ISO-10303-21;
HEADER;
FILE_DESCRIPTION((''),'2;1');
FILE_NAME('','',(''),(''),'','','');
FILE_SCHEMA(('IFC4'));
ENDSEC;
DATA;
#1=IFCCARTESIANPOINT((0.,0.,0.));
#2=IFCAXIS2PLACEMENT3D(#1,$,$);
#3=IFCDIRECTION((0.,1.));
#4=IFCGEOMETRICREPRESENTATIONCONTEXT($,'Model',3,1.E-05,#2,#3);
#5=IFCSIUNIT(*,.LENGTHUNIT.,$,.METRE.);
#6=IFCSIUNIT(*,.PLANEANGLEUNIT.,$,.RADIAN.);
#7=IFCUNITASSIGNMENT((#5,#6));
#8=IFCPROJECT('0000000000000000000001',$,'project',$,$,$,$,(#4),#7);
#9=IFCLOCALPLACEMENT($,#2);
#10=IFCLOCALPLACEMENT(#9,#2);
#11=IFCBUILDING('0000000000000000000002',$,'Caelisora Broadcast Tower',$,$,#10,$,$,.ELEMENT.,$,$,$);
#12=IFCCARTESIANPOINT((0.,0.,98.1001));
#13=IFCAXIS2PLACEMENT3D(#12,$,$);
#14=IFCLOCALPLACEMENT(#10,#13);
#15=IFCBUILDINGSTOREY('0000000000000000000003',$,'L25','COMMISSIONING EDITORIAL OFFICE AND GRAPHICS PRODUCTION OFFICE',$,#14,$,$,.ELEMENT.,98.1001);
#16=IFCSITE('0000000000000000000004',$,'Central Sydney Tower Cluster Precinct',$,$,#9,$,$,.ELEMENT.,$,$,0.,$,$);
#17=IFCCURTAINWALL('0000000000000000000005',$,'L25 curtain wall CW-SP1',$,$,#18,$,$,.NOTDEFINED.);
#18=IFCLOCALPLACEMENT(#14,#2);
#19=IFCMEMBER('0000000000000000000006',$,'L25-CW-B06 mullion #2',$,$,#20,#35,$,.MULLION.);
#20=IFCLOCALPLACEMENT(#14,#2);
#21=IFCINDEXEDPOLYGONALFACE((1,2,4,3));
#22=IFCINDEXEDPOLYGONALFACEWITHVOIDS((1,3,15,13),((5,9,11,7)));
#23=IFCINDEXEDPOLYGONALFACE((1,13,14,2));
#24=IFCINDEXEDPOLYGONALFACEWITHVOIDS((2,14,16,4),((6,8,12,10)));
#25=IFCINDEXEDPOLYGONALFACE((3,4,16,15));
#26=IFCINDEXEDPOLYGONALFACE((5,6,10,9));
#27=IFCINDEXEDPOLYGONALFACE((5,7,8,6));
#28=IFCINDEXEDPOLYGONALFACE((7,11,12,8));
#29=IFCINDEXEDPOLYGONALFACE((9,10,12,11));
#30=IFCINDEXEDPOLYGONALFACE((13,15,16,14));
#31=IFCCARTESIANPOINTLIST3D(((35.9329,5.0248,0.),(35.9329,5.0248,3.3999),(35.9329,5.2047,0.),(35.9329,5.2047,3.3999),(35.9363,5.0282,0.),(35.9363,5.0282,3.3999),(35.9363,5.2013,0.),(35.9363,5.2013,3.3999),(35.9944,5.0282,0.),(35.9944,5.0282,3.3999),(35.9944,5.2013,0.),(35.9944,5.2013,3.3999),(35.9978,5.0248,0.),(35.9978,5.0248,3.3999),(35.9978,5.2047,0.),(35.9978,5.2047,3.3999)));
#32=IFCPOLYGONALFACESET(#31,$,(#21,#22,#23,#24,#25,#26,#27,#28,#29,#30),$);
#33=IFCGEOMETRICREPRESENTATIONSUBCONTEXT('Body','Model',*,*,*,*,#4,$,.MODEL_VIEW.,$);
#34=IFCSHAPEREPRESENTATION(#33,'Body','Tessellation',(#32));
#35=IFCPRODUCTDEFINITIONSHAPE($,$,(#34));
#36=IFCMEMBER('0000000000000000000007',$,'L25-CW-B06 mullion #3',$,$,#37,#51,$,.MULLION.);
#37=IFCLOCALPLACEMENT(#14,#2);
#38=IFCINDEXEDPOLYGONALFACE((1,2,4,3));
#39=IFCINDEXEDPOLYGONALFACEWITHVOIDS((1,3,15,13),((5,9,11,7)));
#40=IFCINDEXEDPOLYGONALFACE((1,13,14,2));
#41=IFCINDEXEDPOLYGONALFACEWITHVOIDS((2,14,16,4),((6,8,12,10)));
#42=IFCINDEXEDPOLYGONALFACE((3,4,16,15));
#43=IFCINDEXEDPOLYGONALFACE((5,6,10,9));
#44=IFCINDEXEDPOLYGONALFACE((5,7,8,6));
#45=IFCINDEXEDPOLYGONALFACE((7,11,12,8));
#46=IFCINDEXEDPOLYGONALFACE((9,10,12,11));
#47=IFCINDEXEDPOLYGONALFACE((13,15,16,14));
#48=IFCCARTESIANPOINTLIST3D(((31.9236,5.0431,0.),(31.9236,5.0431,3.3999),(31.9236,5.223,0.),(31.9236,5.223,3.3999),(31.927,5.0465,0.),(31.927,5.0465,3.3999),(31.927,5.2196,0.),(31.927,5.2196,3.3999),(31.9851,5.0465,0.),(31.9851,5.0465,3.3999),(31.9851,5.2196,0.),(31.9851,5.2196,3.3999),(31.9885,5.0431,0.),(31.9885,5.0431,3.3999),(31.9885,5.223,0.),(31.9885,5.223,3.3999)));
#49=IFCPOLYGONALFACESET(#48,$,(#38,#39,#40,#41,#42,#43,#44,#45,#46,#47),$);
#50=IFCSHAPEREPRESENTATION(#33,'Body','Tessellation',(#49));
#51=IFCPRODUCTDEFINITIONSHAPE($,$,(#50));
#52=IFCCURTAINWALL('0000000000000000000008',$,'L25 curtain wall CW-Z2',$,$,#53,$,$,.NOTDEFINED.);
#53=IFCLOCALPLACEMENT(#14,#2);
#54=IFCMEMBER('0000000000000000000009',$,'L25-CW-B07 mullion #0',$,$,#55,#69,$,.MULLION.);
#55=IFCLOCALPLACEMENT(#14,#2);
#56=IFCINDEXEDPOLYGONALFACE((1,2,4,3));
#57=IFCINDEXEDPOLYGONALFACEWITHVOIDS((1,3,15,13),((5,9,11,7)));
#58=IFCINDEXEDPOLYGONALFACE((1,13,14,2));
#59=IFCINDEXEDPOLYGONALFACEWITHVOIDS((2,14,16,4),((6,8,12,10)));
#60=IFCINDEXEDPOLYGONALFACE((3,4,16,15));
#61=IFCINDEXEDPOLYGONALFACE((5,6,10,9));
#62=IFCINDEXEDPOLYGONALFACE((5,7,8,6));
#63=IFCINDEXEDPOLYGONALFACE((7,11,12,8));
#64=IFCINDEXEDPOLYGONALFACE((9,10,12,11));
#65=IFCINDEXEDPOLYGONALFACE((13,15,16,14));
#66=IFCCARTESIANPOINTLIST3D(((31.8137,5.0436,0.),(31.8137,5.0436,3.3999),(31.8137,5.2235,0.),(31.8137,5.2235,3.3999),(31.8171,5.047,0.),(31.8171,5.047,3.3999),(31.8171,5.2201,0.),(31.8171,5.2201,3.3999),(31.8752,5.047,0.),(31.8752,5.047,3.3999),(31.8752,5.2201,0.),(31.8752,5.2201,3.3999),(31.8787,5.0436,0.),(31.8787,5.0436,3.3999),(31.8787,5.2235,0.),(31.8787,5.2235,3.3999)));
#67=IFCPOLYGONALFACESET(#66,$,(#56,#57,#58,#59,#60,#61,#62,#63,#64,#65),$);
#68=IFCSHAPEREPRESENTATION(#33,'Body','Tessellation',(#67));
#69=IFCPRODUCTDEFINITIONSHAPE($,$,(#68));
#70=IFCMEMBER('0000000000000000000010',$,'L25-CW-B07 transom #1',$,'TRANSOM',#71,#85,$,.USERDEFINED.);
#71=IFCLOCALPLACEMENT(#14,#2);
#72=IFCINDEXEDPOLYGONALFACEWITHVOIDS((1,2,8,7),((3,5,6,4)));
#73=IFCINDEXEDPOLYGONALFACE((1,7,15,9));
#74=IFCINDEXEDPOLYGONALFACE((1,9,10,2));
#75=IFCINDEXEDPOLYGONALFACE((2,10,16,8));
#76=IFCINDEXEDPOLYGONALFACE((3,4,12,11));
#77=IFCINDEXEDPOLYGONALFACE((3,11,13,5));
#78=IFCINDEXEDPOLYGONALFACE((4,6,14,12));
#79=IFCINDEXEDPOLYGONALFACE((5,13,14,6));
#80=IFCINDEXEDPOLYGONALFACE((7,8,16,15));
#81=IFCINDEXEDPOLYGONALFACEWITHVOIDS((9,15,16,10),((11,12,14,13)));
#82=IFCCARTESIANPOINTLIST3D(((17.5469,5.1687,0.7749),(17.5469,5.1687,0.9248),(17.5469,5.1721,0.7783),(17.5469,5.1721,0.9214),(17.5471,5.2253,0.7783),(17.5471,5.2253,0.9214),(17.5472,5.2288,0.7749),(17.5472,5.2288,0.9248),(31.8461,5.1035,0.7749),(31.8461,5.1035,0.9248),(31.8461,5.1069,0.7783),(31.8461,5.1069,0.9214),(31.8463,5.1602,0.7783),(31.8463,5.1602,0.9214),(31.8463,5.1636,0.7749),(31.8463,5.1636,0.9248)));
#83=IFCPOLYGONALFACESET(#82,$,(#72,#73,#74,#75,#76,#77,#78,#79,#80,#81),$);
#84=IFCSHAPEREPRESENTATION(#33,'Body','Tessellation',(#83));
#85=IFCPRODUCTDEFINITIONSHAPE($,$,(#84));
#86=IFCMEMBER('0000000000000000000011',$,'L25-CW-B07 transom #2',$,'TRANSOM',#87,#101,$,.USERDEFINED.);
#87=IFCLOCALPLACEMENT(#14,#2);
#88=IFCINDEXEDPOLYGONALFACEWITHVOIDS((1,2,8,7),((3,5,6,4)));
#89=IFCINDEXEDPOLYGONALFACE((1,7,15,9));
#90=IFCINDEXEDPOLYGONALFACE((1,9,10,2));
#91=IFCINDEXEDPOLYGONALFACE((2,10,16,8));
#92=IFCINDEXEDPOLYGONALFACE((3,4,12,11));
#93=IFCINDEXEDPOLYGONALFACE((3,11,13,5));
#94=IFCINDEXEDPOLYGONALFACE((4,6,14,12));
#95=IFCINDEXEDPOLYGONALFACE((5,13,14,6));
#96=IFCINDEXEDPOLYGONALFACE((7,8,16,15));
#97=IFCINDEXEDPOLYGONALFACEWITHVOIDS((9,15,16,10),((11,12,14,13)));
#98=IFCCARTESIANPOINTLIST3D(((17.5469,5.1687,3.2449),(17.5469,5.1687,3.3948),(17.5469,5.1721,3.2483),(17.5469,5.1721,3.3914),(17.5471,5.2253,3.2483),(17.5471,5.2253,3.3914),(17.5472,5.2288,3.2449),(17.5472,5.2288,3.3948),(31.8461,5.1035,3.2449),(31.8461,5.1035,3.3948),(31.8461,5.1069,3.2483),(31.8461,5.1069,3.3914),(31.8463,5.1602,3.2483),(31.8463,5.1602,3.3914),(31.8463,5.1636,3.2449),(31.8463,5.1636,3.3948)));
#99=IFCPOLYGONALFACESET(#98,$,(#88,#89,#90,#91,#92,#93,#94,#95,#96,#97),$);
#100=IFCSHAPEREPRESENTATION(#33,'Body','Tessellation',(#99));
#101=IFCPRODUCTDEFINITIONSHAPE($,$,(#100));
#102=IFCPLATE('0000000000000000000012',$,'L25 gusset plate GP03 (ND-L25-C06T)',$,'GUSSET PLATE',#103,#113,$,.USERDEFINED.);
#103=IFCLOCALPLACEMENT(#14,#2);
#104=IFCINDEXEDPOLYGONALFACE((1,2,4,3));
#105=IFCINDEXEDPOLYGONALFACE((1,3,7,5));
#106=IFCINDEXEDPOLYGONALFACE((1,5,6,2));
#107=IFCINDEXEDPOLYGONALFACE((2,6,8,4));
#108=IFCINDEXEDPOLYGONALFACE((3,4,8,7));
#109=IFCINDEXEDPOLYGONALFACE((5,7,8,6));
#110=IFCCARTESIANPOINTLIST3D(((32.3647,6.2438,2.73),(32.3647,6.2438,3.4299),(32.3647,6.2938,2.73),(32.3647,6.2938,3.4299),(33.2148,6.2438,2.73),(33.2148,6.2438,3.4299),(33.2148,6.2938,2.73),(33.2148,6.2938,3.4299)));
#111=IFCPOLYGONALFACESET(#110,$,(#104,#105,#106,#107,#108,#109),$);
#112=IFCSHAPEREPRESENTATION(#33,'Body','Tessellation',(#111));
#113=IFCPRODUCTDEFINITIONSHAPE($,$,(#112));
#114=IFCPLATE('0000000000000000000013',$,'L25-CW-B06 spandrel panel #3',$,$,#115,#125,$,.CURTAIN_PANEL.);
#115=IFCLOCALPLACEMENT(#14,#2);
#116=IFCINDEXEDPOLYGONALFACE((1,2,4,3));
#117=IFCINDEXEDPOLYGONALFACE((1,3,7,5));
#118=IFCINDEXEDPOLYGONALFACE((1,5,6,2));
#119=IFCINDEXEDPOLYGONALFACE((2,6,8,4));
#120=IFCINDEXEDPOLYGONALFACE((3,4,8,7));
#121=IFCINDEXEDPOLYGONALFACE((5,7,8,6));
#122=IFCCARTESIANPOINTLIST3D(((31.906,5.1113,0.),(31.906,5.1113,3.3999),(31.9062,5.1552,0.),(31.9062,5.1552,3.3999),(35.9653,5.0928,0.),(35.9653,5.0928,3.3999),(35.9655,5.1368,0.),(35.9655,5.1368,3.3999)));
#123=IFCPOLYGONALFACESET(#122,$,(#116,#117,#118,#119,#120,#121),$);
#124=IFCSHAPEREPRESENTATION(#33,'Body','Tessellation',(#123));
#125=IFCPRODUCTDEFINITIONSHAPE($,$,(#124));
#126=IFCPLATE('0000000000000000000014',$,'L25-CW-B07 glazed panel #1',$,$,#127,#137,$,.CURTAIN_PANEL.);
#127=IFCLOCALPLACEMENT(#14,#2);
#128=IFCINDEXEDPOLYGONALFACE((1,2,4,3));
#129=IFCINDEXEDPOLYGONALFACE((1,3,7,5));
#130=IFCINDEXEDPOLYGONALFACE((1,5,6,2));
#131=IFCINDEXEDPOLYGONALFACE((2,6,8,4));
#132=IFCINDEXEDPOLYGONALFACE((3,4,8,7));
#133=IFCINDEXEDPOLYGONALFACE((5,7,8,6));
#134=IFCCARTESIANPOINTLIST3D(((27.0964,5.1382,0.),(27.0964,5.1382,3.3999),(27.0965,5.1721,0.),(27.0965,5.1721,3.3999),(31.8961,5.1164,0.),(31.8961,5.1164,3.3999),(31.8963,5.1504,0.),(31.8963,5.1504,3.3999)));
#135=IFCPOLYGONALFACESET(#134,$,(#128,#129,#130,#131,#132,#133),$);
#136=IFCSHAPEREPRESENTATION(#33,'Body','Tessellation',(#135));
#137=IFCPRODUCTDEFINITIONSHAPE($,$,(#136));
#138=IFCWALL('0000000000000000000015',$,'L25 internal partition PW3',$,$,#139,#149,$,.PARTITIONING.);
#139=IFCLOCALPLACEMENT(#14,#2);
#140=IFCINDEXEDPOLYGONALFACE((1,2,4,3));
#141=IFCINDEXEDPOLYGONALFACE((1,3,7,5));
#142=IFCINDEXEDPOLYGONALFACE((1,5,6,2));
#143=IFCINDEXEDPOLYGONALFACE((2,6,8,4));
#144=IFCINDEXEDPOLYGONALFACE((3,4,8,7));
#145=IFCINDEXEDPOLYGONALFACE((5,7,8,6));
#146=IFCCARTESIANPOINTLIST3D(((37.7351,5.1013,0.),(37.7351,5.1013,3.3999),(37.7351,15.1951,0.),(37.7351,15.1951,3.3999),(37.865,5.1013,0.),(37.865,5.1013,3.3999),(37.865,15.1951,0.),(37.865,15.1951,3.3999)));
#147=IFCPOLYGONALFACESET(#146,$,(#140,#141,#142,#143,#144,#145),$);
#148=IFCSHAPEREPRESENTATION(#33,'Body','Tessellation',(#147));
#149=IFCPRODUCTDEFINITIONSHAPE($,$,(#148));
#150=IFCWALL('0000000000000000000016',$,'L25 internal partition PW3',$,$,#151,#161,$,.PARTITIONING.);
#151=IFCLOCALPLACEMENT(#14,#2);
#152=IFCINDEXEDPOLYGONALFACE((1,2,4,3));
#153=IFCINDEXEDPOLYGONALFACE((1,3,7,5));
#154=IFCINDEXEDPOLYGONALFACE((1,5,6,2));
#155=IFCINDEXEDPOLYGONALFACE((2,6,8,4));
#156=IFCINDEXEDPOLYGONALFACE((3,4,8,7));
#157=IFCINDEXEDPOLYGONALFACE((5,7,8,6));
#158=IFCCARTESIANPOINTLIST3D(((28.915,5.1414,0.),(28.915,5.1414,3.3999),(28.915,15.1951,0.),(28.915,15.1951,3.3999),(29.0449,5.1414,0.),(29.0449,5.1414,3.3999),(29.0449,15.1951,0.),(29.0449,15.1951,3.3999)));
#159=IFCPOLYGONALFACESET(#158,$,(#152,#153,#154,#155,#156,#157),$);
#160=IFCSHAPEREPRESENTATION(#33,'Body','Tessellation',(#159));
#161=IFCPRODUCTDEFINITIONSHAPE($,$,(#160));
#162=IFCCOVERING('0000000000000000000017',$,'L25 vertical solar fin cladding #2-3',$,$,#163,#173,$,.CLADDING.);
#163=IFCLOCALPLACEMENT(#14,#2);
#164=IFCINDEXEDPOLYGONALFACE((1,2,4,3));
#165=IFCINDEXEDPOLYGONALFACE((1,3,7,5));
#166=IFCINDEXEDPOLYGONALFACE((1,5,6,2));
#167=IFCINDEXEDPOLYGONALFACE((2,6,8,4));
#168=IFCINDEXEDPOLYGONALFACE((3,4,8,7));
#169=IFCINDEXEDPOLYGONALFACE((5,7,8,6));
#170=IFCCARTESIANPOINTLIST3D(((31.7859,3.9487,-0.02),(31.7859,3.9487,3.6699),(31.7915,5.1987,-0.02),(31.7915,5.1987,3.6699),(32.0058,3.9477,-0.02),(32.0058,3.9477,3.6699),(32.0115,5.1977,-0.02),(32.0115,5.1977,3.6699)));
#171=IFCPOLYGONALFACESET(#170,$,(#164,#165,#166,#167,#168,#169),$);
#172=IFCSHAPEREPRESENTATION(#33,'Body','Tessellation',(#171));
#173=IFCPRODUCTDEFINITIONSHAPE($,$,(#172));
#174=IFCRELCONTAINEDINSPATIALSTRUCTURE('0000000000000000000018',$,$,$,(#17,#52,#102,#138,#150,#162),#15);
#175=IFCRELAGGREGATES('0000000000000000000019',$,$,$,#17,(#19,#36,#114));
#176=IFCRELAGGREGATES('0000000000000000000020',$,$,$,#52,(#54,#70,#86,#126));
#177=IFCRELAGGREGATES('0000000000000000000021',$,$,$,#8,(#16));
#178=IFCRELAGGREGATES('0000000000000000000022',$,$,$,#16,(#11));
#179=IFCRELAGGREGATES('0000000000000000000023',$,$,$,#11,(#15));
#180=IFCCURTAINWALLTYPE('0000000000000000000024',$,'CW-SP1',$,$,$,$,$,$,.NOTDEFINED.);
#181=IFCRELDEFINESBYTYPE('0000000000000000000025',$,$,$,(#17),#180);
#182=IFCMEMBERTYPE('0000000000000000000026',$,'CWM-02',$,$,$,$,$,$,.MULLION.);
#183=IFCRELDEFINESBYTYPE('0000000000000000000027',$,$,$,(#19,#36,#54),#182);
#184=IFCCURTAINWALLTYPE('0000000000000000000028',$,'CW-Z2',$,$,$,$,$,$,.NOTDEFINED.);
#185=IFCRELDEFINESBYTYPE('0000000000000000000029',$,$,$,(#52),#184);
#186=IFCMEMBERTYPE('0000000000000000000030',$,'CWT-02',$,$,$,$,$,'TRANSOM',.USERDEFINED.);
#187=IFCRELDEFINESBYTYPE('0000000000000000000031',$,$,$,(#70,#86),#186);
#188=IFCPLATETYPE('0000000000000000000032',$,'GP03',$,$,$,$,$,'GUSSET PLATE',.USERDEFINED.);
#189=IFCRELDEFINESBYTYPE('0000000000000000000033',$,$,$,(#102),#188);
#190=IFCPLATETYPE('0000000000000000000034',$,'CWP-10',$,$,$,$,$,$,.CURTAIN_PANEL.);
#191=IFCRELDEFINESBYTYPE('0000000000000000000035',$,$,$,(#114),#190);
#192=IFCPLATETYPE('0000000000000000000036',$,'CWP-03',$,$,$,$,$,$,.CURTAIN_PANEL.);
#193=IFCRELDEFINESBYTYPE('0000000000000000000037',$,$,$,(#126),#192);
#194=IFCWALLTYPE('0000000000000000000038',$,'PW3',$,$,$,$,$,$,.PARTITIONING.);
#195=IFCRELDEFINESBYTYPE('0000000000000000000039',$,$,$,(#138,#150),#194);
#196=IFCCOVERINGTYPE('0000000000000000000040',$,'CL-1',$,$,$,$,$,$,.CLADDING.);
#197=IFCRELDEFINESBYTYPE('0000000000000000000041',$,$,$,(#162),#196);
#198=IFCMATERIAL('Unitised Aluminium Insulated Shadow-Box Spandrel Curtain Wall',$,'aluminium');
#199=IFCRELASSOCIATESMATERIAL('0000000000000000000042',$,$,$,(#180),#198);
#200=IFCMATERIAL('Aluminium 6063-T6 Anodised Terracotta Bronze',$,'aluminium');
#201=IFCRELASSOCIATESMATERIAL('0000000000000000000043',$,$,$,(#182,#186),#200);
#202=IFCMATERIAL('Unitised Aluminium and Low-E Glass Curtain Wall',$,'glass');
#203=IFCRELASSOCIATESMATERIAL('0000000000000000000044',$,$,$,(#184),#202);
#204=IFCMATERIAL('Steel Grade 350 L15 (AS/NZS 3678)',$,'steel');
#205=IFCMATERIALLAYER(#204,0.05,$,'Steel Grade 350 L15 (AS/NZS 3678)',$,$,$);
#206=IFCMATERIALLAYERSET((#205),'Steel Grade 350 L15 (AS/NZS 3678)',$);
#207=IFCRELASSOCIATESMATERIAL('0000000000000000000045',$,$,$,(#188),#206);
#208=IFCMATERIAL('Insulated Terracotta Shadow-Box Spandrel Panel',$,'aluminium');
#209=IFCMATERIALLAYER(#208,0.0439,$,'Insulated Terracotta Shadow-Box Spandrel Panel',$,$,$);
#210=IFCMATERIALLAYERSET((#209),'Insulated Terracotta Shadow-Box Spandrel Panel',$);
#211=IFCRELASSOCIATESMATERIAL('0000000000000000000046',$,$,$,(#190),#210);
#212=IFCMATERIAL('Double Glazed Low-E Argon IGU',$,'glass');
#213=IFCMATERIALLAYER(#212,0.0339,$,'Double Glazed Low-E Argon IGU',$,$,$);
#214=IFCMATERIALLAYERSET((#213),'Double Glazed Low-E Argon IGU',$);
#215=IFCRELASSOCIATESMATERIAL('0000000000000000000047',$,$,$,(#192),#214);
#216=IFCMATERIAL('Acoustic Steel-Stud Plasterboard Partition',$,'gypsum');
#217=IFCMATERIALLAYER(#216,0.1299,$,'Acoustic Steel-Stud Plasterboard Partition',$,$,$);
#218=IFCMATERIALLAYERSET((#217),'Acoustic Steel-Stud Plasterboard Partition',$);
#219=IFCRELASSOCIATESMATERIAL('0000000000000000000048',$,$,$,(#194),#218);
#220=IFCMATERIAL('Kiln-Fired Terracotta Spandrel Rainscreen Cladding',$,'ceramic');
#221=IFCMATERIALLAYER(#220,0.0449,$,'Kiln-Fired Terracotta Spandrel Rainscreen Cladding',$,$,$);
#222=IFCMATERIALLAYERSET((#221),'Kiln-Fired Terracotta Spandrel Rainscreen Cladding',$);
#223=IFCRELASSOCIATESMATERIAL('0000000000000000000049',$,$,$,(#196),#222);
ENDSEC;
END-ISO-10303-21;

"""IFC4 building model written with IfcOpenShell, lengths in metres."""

from ifc_helpers import new_model, si_unit, direction, frame, frame_2d, origin, origin_2d, place, context, subcontext, project, spatial, rectangle, hollow_rectangle, extrude, source, transform, mapped, material, layer, layer_set, material_profile, profile_set, type_object, type_shapes, element, aggregate, save


model = new_model("IFC4")

# Units and contexts
model_context = context("Model", 3, precision=1e-05, world=origin(), true_north=direction((0.0, 1.0)))
body_context = subcontext(model_context, "Body", "Model", "MODEL_VIEW")
ifc_project = project(units=[si_unit("LENGTHUNIT", "METRE"), si_unit("PLANEANGLEUNIT", "RADIAN")], contexts=[model_context])

# Site, building, storey
site_placement = place(None, origin())
site = spatial("IfcSite", under=ifc_project, at=site_placement, Name="Central Sydney Tower Cluster Precinct", CompositionType="ELEMENT", RefElevation=0.0)
building_placement = place(site_placement, origin())
building = spatial("IfcBuilding", under=site, at=building_placement, Name="Caelisora Broadcast Tower", CompositionType="ELEMENT")
storey_placement = place(building_placement, frame((0.0, 0.0, 98.1001)))
storey = spatial("IfcBuildingStorey", under=building, at=storey_placement, Name="L25", Description="COMMISSIONING EDITORIAL OFFICE AND GRAPHICS PRODUCTION OFFICE", CompositionType="ELEMENT", Elevation=98.1001)

# Shared definitions
ifc_material_1 = material(Name="Steel Grade 350 L15 (AS/NZS 3678)", Category="steel")

# Curtain walls, members
ifc_material_2 = material(Name="Unitised Aluminium Insulated Shadow-Box Spandrel Curtain Wall", Category="aluminium")
curtain_wall_type_1 = type_object("IfcCurtainWallType", Name="CW-SP1", PredefinedType="NOTDEFINED", material=ifc_material_2)
curtain_wall_1_placement = place(storey_placement, origin())
curtain_wall_1 = element("IfcCurtainWall", 1, at=curtain_wall_1_placement, inside=storey, type_object=curtain_wall_type_1, Name="L25 curtain wall CW-SP1", PredefinedType="NOTDEFINED")
ifc_material_3 = material(Name="Aluminium 6063-T6 Anodised Terracotta Bronze", Category="aluminium")
ifc_material_profile_1 = material_profile(ifc_material_3, hollow_rectangle(XDim=0.0649, YDim=0.1799, WallThickness=0.0034, at=origin_2d()), Name="Aluminium 6063-T6 Anodised Terracotta Bronze")
ifc_profile_set_1 = profile_set([ifc_material_profile_1], Name="Aluminium 6063-T6 Anodised Terracotta Bronze")
member_type_1 = type_object("IfcMemberType", Name="CWM-02", PredefinedType="MULLION", material=ifc_profile_set_1)
shared_shape_1 = source(origin(), body_context, "Body", "SweptSolid", [
    extrude(hollow_rectangle(XDim=0.0649, YDim=0.1799, WallThickness=0.0034, at=origin_2d()), origin(), (0.0, 0.0, 1.0), 3.3999),
])
type_shapes(member_type_1, [shared_shape_1])
member_1_placement = place(storey_placement, frame((35.9653, 5.1147, 0.0), z_axis=(0.0, 0.0, 1.0), x_axis=(1.0, 0.0, 0.0)))
member_1 = element("IfcMember", 2, at=member_1_placement, type_object=member_type_1, Name="L25-CW-B06 mullion #2", PredefinedType="MULLION", context=body_context, shape_type="MappedRepresentation", body=[
    mapped(shared_shape_1, transform((0.0, 0.0, 0.0), scale=1.0)),
])
member_2_placement = place(storey_placement, frame((31.9561, 5.1331, 0.0), z_axis=(0.0, 0.0, 1.0), x_axis=(1.0, 0.0, 0.0)))
member_2 = element("IfcMember", 3, at=member_2_placement, type_object=member_type_1, Name="L25-CW-B06 mullion #3", PredefinedType="MULLION", context=body_context, shape_type="MappedRepresentation", body=[
    mapped(shared_shape_1, transform((0.0, 0.0, 0.0), scale=1.0)),
])
ifc_material_4 = material(Name="Unitised Aluminium and Low-E Glass Curtain Wall", Category="glass")
curtain_wall_type_2 = type_object("IfcCurtainWallType", Name="CW-Z2", PredefinedType="NOTDEFINED", material=ifc_material_4)
curtain_wall_2_placement = place(storey_placement, origin())
curtain_wall_2 = element("IfcCurtainWall", 4, at=curtain_wall_2_placement, inside=storey, type_object=curtain_wall_type_2, Name="L25 curtain wall CW-Z2", PredefinedType="NOTDEFINED")
member_3_placement = place(storey_placement, frame((31.8462, 5.1335, 0.0), z_axis=(0.0, 0.0, 1.0), x_axis=(1.0, 0.0, 0.0)))
member_3 = element("IfcMember", 5, at=member_3_placement, type_object=member_type_1, Name="L25-CW-B07 mullion #0", PredefinedType="MULLION", context=body_context, shape_type="MappedRepresentation", body=[
    mapped(shared_shape_1, transform((0.0, 0.0, 0.0), scale=1.0)),
])
ifc_material_profile_2 = material_profile(ifc_material_3, hollow_rectangle(XDim=0.0601, YDim=0.1499, WallThickness=0.0034, at=origin_2d()), Name="Aluminium 6063-T6 Anodised Terracotta Bronze")
ifc_profile_set_2 = profile_set([ifc_material_profile_2], Name="Aluminium 6063-T6 Anodised Terracotta Bronze")
member_type_2 = type_object("IfcMemberType", Name="CWT-02", ElementType="TRANSOM", PredefinedType="USERDEFINED", material=ifc_profile_set_2)
shared_shape_2 = source(origin(), body_context, "Body", "SweptSolid", [
    extrude(hollow_rectangle(XDim=0.0601, YDim=0.1499, WallThickness=0.0034, at=origin_2d()), origin(), (0.0, 0.0, 1.0), 14.2993),
])
type_shapes(member_type_2, [shared_shape_2])
member_4_placement = place(storey_placement, frame((31.8462, 5.1335, 0.8499), z_axis=(-0.99999, 0.004559, 0.0), x_axis=(-0.004559, -0.99999, 0.0)))
member_4 = element("IfcMember", 6, at=member_4_placement, type_object=member_type_2, Name="L25-CW-B07 transom #1", ObjectType="TRANSOM", PredefinedType="USERDEFINED", context=body_context, shape_type="MappedRepresentation", body=[
    mapped(shared_shape_2, transform((0.0, 0.0, 0.0), scale=1.0)),
])
member_5_placement = place(storey_placement, frame((31.8462, 5.1335, 3.3198), z_axis=(-0.99999, 0.004559, 0.0), x_axis=(-0.004559, -0.99999, 0.0)))
member_5 = element("IfcMember", 7, at=member_5_placement, type_object=member_type_2, Name="L25-CW-B07 transom #2", ObjectType="TRANSOM", PredefinedType="USERDEFINED", context=body_context, shape_type="MappedRepresentation", body=[
    mapped(shared_shape_2, transform((0.0, 0.0, 0.0), scale=1.0)),
])

# Plates
ifc_layer_1 = layer(ifc_material_1, 0.05, Name="Steel Grade 350 L15 (AS/NZS 3678)")
ifc_layer_set_1 = layer_set([ifc_layer_1], Name="Steel Grade 350 L15 (AS/NZS 3678)")
plate_type_1 = type_object("IfcPlateType", Name="GP03", ElementType="GUSSET PLATE", PredefinedType="USERDEFINED", material=ifc_layer_set_1)
shared_shape_3 = source(origin(), body_context, "Body", "SweptSolid", [
    extrude(rectangle(XDim=0.8501, YDim=0.05, at=origin_2d()), origin(), (0.0, 0.0, 1.0), 0.7),
])
type_shapes(plate_type_1, [shared_shape_3])
plate_1_placement = place(storey_placement, frame((32.7898, 6.2688, 2.73), z_axis=(0.0, 0.0, 1.0), x_axis=(1.0, 0.0, 0.0)))
element("IfcPlate", 8, at=plate_1_placement, inside=storey, type_object=plate_type_1, Name="L25 gusset plate GP03 (ND-L25-C06T)", ObjectType="GUSSET PLATE", PredefinedType="USERDEFINED", context=body_context, shape_type="MappedRepresentation", body=[
    mapped(shared_shape_3, transform((0.0, 0.0, 0.0), scale=1.0)),
])
ifc_material_5 = material(Name="Insulated Terracotta Shadow-Box Spandrel Panel", Category="aluminium")
ifc_layer_2 = layer(ifc_material_5, 0.0439, Name="Insulated Terracotta Shadow-Box Spandrel Panel")
ifc_layer_set_2 = layer_set([ifc_layer_2], Name="Insulated Terracotta Shadow-Box Spandrel Panel")
plate_type_2 = type_object("IfcPlateType", Name="CWP-10", PredefinedType="CURTAIN_PANEL", material=ifc_layer_set_2)
shared_shape_4 = source(origin(), body_context, "Body", "SweptSolid", [
    extrude(rectangle(XDim=4.0593, YDim=0.0439, at=origin_2d()), origin(), (0.0, 0.0, 1.0), 3.3999),
])
type_shapes(plate_type_2, [shared_shape_4])
plate_2_placement = place(storey_placement, frame((33.9358, 5.124, 0.0), z_axis=(0.0, 0.0, 1.0), x_axis=(-0.99999, 0.004538, 0.0)))
plate_2 = element("IfcPlate", 9, at=plate_2_placement, type_object=plate_type_2, Name="L25-CW-B06 spandrel panel #3", PredefinedType="CURTAIN_PANEL", context=body_context, shape_type="MappedRepresentation", body=[
    mapped(shared_shape_4, transform((0.0, 0.0, 0.0), scale=1.0)),
])
aggregate(curtain_wall_1, [member_1, member_2, plate_2])
ifc_material_6 = material(Name="Double Glazed Low-E Argon IGU", Category="glass")
ifc_layer_3 = layer(ifc_material_6, 0.0339, Name="Double Glazed Low-E Argon IGU")
ifc_layer_set_3 = layer_set([ifc_layer_3], Name="Double Glazed Low-E Argon IGU")
plate_type_3 = type_object("IfcPlateType", Name="CWP-03", PredefinedType="CURTAIN_PANEL", material=ifc_layer_set_3)
shared_shape_5 = source(origin(), body_context, "Body", "SweptSolid", [
    extrude(rectangle(XDim=4.7998, YDim=0.0339, at=origin_2d()), origin(), (0.0, 0.0, 1.0), 3.3999),
])
type_shapes(plate_type_3, [shared_shape_5])
plate_3_placement = place(storey_placement, frame((29.4963, 5.1443, 0.0), z_axis=(0.0, 0.0, 1.0), x_axis=(-0.99999, 0.004538, 0.0)))
plate_3 = element("IfcPlate", 10, at=plate_3_placement, type_object=plate_type_3, Name="L25-CW-B07 glazed panel #1", PredefinedType="CURTAIN_PANEL", context=body_context, shape_type="MappedRepresentation", body=[
    mapped(shared_shape_5, transform((0.0, 0.0, 0.0), scale=1.0)),
])
aggregate(curtain_wall_2, [member_3, member_4, member_5, plate_3])

# Walls
ifc_material_7 = material(Name="Acoustic Steel-Stud Plasterboard Partition", Category="gypsum")
ifc_layer_4 = layer(ifc_material_7, 0.1299, Name="Acoustic Steel-Stud Plasterboard Partition")
ifc_layer_set_4 = layer_set([ifc_layer_4], Name="Acoustic Steel-Stud Plasterboard Partition")
wall_type = type_object("IfcWallType", Name="PW3", PredefinedType="PARTITIONING", material=ifc_layer_set_4)
wall_1_placement = place(storey_placement, frame((37.8, 5.1013, 0.0), z_axis=(0.0, 0.0, 1.0), x_axis=(0.0, 1.0, 0.0)))
element("IfcWall", 11, at=wall_1_placement, inside=storey, type_object=wall_type, Name="L25 internal partition PW3", PredefinedType="PARTITIONING", context=body_context, shape_type="SweptSolid", body=[
    extrude(rectangle(XDim=10.0938, YDim=0.1299, at=frame_2d((5.0469, 0.0))), origin(), (0.0, 0.0, 1.0), 3.3999),
])
wall_2_placement = place(storey_placement, frame((28.98, 5.1414, 0.0), z_axis=(0.0, 0.0, 1.0), x_axis=(0.0, 1.0, 0.0)))
element("IfcWall", 12, at=wall_2_placement, inside=storey, type_object=wall_type, Name="L25 internal partition PW3", PredefinedType="PARTITIONING", context=body_context, shape_type="SweptSolid", body=[
    extrude(rectangle(XDim=10.0537, YDim=0.1299, at=frame_2d((5.0269, 0.0))), origin(), (0.0, 0.0, 1.0), 3.3999),
])

# Covering
ifc_material_8 = material(Name="Kiln-Fired Terracotta Spandrel Rainscreen Cladding", Category="ceramic")
ifc_layer_5 = layer(ifc_material_8, 0.0449, Name="Kiln-Fired Terracotta Spandrel Rainscreen Cladding")
ifc_layer_set_5 = layer_set([ifc_layer_5], Name="Kiln-Fired Terracotta Spandrel Rainscreen Cladding")
covering_type = type_object("IfcCoveringType", Name="CL-1", PredefinedType="CLADDING", material=ifc_layer_set_5)
shared_shape_6 = source(origin(), body_context, "Body", "SweptSolid", [
    extrude(rectangle(XDim=0.22, YDim=1.25, at=origin_2d()), origin(), (0.0, 0.0, 1.0), 3.6899),
])
type_shapes(covering_type, [shared_shape_6])
covering_placement = place(storey_placement, frame((31.8987, 4.5732, -0.02), z_axis=(0.0, 0.0, 1.0), x_axis=(-0.99999, 0.004538, 0.0)))
element("IfcCovering", 13, at=covering_placement, inside=storey, type_object=covering_type, Name="L25 vertical solar fin cladding #2-3", PredefinedType="CLADDING", context=body_context, shape_type="MappedRepresentation", body=[
    mapped(shared_shape_6, transform((0.0, 0.0, 0.0), scale=1.0)),
])

save(model, "model.ifc")
